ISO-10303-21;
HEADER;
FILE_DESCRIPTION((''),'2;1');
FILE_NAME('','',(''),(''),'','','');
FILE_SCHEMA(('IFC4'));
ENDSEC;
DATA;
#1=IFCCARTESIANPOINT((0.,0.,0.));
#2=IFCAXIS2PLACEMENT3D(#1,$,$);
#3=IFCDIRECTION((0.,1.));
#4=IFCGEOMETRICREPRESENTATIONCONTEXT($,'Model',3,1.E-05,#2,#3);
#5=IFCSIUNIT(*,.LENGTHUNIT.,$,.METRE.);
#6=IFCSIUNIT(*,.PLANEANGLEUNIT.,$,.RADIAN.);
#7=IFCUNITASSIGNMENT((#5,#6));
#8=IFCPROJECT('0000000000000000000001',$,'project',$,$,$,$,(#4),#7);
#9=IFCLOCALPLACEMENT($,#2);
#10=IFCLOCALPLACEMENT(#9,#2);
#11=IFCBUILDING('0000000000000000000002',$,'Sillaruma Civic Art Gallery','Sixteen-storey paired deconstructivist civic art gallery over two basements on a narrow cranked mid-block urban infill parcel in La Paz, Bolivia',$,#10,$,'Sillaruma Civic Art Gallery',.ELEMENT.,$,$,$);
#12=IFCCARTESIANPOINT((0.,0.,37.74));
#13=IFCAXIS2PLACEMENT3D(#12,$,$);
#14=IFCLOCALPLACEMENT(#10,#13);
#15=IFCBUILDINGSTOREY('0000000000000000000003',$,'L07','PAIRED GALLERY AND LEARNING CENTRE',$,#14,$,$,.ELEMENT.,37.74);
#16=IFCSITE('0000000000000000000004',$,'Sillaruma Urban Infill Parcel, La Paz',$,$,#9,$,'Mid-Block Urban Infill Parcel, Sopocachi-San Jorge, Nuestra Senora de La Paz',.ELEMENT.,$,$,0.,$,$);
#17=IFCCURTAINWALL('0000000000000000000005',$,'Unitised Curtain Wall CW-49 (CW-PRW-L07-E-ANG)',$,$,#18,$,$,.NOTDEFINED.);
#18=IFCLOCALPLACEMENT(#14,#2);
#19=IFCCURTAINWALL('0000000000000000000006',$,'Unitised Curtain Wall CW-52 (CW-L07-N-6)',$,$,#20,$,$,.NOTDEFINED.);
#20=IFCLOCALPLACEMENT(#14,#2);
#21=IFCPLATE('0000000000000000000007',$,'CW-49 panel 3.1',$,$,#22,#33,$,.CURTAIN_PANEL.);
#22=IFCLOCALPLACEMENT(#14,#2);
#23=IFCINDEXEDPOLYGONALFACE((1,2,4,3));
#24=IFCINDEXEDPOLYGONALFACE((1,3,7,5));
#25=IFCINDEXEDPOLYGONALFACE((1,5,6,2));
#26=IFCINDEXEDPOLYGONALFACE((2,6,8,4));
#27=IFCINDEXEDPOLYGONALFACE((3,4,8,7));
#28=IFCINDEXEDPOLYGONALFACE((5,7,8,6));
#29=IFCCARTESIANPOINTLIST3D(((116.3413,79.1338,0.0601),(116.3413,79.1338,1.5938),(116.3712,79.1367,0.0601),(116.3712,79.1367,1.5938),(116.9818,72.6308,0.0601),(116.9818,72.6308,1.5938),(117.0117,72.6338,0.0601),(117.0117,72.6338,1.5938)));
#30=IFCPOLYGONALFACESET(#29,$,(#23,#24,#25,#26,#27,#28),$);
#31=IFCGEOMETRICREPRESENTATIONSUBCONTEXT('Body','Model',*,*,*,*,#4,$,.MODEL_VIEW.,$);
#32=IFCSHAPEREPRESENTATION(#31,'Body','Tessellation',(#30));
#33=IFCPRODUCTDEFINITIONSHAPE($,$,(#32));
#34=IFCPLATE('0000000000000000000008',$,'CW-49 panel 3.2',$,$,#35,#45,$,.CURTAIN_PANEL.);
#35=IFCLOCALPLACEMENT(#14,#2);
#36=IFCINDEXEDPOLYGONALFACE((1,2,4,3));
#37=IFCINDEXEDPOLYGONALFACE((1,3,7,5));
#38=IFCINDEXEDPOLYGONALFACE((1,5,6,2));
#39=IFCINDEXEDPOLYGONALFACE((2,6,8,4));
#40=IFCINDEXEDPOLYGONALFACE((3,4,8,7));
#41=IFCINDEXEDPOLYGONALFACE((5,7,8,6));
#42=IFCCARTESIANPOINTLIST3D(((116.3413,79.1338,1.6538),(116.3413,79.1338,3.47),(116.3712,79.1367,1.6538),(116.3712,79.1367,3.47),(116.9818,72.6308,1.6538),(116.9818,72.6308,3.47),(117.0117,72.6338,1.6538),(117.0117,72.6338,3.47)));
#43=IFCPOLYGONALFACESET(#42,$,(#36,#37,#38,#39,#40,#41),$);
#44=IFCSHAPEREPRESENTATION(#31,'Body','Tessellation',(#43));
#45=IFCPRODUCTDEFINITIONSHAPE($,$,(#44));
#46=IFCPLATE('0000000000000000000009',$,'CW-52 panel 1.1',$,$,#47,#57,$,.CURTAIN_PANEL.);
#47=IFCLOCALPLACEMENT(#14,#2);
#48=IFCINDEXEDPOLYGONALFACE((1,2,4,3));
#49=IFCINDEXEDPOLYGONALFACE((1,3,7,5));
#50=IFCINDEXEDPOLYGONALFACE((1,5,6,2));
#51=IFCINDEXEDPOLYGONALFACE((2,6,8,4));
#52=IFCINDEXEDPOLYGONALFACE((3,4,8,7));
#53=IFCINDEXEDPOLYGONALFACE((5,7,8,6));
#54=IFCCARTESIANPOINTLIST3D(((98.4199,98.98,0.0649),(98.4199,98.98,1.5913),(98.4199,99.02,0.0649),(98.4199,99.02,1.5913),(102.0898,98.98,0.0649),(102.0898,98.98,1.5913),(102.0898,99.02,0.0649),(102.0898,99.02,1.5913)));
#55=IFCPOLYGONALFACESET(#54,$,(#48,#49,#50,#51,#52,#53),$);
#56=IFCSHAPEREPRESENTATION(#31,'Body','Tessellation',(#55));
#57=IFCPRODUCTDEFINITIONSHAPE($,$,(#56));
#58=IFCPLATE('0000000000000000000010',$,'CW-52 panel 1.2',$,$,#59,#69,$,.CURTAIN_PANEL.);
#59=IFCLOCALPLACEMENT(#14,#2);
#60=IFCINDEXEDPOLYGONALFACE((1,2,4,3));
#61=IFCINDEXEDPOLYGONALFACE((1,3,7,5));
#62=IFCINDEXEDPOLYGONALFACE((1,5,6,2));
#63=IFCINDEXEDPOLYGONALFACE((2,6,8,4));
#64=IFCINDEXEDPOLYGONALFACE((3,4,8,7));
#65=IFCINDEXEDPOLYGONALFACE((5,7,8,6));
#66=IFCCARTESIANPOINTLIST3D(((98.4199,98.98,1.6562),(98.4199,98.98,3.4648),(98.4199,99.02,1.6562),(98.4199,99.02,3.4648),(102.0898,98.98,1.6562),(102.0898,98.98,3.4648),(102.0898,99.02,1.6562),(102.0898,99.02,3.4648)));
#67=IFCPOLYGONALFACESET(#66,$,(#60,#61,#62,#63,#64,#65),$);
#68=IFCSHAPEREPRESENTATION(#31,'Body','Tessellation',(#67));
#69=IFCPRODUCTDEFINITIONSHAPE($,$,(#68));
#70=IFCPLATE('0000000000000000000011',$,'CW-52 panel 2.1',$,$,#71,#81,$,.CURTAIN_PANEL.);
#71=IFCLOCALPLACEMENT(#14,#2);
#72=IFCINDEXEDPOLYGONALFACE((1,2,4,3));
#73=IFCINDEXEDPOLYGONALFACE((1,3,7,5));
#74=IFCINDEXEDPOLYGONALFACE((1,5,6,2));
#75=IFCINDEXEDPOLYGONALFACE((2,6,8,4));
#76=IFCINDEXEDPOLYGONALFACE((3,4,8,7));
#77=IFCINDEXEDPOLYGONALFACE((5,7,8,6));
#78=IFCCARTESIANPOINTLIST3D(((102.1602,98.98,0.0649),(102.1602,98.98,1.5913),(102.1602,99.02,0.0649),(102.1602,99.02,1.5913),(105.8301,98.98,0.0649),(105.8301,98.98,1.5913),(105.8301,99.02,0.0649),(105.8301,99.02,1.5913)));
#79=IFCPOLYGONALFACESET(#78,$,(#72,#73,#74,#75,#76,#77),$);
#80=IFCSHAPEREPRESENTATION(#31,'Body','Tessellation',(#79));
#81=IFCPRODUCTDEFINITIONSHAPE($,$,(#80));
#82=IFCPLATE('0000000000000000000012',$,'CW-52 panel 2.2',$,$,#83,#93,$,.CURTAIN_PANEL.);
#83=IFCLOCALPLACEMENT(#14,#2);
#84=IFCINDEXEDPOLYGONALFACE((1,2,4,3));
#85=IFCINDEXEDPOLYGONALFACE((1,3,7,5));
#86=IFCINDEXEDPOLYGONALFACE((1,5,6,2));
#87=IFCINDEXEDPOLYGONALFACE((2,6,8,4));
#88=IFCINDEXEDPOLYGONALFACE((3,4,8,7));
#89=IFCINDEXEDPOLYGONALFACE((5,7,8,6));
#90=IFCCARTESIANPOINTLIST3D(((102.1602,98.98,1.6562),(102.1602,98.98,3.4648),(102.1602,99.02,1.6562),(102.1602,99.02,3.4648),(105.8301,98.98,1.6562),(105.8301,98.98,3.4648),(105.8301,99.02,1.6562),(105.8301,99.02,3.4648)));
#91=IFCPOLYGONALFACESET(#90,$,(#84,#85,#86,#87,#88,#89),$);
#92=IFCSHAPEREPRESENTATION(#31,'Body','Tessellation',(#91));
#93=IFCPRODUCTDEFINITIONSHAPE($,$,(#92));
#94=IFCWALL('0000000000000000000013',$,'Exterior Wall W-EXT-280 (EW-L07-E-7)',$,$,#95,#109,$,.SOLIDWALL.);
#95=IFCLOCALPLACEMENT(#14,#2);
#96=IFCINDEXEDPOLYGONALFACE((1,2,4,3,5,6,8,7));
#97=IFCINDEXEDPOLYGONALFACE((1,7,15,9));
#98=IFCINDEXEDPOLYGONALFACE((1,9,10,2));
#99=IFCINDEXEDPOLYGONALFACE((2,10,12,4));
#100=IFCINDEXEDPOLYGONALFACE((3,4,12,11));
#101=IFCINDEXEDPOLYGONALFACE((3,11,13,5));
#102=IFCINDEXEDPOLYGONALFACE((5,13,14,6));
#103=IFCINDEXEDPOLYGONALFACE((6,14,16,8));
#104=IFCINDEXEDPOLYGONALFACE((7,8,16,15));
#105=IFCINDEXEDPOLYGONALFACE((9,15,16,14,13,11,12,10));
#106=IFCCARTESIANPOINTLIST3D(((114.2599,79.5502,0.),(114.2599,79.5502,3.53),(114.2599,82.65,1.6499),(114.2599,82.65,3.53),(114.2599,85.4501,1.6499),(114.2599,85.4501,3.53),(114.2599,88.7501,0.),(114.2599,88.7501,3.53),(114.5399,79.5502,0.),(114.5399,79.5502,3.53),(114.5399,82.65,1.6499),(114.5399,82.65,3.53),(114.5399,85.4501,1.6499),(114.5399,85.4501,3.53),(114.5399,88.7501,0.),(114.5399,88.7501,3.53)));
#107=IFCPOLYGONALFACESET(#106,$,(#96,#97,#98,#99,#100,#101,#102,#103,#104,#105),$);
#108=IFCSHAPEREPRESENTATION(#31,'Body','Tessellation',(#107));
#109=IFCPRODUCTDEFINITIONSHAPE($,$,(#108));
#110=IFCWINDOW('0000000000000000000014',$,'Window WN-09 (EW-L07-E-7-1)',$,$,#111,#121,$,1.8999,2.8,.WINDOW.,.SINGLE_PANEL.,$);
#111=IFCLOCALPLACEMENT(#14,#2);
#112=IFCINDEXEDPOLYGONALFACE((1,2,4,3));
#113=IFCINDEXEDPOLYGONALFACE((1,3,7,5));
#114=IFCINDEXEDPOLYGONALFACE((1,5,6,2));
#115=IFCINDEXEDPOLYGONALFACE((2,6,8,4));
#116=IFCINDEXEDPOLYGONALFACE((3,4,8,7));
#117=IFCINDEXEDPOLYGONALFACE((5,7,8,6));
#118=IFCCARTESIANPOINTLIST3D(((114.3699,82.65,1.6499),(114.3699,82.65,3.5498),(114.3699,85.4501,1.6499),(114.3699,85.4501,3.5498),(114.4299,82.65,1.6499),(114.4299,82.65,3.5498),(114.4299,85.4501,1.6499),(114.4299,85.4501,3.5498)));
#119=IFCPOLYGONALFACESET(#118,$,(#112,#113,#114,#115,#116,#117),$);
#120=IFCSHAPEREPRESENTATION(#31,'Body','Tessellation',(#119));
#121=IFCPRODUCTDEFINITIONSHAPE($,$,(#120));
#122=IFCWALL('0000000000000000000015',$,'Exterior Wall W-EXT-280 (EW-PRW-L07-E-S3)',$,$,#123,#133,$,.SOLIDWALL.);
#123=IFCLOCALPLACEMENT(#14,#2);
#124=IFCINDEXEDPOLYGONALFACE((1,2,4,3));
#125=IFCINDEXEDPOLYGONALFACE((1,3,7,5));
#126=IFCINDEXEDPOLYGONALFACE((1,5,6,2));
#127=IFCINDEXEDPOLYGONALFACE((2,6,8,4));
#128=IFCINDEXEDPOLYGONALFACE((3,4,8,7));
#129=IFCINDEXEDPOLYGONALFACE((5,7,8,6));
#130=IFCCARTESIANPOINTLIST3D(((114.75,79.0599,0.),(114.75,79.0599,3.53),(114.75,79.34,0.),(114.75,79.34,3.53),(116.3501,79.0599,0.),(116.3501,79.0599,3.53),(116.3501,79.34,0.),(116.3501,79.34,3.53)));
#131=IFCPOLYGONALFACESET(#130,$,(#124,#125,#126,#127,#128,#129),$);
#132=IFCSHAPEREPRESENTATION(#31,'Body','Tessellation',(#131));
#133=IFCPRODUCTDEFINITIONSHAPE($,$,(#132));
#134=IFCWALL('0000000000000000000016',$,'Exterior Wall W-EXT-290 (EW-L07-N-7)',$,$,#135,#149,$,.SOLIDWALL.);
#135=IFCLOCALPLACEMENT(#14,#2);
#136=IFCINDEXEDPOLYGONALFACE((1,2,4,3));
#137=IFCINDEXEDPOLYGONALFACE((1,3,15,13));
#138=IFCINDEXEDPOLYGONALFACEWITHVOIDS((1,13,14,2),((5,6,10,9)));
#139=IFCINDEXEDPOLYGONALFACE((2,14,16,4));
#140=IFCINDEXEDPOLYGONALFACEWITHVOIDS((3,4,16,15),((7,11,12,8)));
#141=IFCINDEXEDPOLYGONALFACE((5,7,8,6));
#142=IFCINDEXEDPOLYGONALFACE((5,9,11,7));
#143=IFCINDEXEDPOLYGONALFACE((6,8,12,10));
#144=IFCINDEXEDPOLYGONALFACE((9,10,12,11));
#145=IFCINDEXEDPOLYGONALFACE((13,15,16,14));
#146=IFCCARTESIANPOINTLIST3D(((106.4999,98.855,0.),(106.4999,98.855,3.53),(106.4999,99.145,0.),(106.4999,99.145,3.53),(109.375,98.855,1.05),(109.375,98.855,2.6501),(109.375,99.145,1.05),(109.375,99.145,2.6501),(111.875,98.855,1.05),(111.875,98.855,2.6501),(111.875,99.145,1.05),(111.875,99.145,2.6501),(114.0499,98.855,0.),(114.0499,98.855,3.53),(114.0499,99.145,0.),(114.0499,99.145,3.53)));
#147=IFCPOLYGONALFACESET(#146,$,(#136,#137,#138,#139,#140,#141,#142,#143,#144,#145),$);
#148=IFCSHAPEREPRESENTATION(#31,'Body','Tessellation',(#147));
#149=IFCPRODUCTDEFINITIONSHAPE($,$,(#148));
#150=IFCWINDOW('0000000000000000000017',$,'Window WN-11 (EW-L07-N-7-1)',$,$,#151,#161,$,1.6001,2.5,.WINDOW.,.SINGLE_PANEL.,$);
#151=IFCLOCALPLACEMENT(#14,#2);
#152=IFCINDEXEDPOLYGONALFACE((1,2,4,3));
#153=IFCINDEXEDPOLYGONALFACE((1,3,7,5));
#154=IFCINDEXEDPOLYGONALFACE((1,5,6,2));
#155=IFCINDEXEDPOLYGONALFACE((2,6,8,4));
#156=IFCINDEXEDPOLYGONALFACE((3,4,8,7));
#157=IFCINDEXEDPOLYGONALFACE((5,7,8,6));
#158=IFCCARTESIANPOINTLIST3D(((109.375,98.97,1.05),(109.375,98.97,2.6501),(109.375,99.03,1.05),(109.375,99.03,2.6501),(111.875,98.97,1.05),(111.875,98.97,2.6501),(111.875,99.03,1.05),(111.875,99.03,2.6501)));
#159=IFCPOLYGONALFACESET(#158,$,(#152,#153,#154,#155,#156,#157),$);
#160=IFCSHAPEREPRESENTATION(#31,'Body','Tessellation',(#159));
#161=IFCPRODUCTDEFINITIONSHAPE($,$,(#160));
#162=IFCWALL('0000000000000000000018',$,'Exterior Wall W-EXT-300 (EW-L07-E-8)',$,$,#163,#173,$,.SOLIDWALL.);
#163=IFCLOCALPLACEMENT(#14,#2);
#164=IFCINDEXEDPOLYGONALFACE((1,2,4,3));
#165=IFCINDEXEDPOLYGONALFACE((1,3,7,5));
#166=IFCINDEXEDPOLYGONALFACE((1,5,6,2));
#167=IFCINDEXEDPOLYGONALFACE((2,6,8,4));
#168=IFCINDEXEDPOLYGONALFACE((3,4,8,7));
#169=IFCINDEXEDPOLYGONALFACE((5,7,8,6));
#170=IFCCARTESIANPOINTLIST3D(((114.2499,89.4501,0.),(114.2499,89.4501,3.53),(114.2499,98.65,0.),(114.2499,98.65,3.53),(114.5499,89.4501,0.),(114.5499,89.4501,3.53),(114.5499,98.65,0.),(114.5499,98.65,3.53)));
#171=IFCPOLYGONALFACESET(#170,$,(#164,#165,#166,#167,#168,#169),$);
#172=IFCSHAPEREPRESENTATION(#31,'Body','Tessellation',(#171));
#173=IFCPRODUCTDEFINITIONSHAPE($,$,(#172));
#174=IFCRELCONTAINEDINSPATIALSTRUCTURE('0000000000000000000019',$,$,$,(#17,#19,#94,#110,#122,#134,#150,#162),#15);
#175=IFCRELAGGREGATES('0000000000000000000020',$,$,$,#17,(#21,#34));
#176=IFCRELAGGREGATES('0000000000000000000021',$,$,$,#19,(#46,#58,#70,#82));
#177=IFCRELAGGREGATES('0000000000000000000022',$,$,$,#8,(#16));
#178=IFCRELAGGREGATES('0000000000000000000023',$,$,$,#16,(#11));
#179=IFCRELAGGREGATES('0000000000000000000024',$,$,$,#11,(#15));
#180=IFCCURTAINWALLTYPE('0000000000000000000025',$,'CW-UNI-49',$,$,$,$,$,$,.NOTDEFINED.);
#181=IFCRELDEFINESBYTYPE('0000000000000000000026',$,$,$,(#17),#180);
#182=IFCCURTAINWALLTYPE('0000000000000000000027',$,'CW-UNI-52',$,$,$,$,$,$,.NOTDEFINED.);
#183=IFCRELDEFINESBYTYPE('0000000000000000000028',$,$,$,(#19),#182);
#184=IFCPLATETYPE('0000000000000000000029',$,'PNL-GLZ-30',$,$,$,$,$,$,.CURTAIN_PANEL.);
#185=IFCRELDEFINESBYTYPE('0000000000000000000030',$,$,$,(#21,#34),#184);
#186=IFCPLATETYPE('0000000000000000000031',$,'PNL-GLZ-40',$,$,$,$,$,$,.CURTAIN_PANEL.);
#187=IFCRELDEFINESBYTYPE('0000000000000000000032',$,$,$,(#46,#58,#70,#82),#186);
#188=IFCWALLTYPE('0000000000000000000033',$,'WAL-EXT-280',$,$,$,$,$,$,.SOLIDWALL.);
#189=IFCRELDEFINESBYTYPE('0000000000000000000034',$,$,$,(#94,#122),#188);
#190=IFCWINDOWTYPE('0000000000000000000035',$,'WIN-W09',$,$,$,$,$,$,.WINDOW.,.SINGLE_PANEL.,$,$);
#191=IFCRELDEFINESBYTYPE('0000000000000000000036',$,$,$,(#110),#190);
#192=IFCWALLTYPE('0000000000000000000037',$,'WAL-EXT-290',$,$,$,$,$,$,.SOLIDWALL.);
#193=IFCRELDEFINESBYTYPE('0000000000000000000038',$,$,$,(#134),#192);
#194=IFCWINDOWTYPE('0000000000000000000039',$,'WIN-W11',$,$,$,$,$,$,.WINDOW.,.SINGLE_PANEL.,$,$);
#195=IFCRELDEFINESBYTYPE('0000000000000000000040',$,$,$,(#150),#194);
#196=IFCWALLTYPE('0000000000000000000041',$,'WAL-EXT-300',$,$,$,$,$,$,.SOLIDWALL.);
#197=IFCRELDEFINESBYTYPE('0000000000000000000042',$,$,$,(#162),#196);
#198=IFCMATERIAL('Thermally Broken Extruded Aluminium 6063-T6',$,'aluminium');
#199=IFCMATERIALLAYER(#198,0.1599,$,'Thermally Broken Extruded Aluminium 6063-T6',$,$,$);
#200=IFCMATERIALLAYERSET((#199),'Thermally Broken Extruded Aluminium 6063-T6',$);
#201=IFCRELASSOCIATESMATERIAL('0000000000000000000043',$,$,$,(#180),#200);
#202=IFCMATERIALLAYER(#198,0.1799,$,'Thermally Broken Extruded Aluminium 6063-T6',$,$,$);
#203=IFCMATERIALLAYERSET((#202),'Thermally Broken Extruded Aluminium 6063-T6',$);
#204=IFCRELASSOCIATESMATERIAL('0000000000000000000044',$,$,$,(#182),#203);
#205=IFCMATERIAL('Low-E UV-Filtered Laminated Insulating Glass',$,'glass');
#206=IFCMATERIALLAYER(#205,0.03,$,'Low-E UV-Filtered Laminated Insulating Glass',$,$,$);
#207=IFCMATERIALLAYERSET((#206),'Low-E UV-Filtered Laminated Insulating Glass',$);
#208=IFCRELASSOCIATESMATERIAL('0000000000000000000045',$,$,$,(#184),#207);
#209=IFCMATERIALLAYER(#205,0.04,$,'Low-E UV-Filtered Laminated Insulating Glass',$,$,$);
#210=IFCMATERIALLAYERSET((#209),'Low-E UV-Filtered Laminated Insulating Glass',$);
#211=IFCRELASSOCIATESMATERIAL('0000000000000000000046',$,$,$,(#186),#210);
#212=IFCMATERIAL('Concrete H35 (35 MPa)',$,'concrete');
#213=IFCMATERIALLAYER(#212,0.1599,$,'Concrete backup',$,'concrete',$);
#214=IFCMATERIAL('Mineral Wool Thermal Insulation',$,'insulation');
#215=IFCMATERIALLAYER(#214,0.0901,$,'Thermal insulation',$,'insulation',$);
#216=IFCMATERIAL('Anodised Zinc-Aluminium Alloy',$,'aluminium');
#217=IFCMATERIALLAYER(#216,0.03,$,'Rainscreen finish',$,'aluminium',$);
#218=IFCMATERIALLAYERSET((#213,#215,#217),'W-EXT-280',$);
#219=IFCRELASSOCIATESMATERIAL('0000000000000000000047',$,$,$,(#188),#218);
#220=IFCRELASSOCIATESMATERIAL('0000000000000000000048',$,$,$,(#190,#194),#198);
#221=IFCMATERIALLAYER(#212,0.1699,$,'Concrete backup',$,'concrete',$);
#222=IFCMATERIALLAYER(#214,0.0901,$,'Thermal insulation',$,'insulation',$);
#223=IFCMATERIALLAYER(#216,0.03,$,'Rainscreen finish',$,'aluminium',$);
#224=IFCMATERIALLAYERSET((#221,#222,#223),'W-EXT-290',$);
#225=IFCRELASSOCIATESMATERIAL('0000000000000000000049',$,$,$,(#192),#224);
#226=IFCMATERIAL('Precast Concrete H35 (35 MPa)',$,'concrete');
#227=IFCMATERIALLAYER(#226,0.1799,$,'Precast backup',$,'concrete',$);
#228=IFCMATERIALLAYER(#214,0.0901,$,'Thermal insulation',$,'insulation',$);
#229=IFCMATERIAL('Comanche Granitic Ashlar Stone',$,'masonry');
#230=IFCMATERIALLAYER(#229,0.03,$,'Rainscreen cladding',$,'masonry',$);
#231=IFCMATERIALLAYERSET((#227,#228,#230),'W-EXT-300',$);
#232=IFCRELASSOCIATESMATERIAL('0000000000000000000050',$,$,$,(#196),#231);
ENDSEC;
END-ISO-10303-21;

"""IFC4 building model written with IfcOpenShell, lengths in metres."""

from ifc_helpers import new_model, si_unit, direction, frame, frame_2d, origin, origin_2d, place, context, subcontext, project, spatial, rectangle, extrude, material, layer, layer_set, type_object, element, fill, aggregate, save


model = new_model("IFC4")

# Units and contexts
model_context = context("Model", 3, precision=1e-05, world=origin(), true_north=direction((0.0, 1.0)))
body_context = subcontext(model_context, "Body", "Model", "MODEL_VIEW")
ifc_project = project(units=[si_unit("LENGTHUNIT", "METRE"), si_unit("PLANEANGLEUNIT", "RADIAN")], contexts=[model_context])

# Site, building, storey
site_placement = place(None, origin())
site = spatial("IfcSite", under=ifc_project, at=site_placement, Name="Sillaruma Urban Infill Parcel, La Paz", LongName="Mid-Block Urban Infill Parcel, Sopocachi-San Jorge, Nuestra Senora de La Paz", CompositionType="ELEMENT", RefElevation=0.0)
building_placement = place(site_placement, origin())
building = spatial("IfcBuilding", under=site, at=building_placement, Name="Sillaruma Civic Art Gallery", Description="Sixteen-storey paired deconstructivist civic art gallery over two basements on a narrow cranked mid-block urban infill parcel in La Paz, Bolivia", LongName="Sillaruma Civic Art Gallery", CompositionType="ELEMENT")
storey_placement = place(building_placement, frame((0.0, 0.0, 37.74)))
storey = spatial("IfcBuildingStorey", under=building, at=storey_placement, Name="L07", Description="PAIRED GALLERY AND LEARNING CENTRE", CompositionType="ELEMENT", Elevation=37.74)

# Shared definitions
ifc_material_1 = material(Name="Concrete H35 (35 MPa)", Category="concrete")

# Curtain wall
ifc_material_2 = material(Name="Thermally Broken Extruded Aluminium 6063-T6", Category="aluminium")
ifc_layer_1 = layer(ifc_material_2, 0.1599, Name="Thermally Broken Extruded Aluminium 6063-T6")
ifc_layer_set_1 = layer_set([ifc_layer_1], Name="Thermally Broken Extruded Aluminium 6063-T6")
curtain_wall_type_1 = type_object("IfcCurtainWallType", Name="CW-UNI-49", PredefinedType="NOTDEFINED", material=ifc_layer_set_1)
curtain_wall_1_placement = place(storey_placement, origin())
curtain_wall_1 = element("IfcCurtainWall", 1, at=curtain_wall_1_placement, inside=storey, type_object=curtain_wall_type_1, Name="Unitised Curtain Wall CW-49 (CW-PRW-L07-E-ANG)", PredefinedType="NOTDEFINED")

# Curtain wall
ifc_layer_2 = layer(ifc_material_2, 0.1799, Name="Thermally Broken Extruded Aluminium 6063-T6")
ifc_layer_set_2 = layer_set([ifc_layer_2], Name="Thermally Broken Extruded Aluminium 6063-T6")
curtain_wall_type_2 = type_object("IfcCurtainWallType", Name="CW-UNI-52", PredefinedType="NOTDEFINED", material=ifc_layer_set_2)
curtain_wall_2_placement = place(storey_placement, origin())
curtain_wall_2 = element("IfcCurtainWall", 2, at=curtain_wall_2_placement, inside=storey, type_object=curtain_wall_type_2, Name="Unitised Curtain Wall CW-52 (CW-L07-N-6)", PredefinedType="NOTDEFINED")

# Plates
ifc_material_3 = material(Name="Anodised Zinc-Aluminium Alloy", Category="aluminium")
ifc_material_4 = material(Name="Low-E UV-Filtered Laminated Insulating Glass", Category="glass")
ifc_layer_3 = layer(ifc_material_4, 0.03, Name="Low-E UV-Filtered Laminated Insulating Glass")
ifc_layer_set_3 = layer_set([ifc_layer_3], Name="Low-E UV-Filtered Laminated Insulating Glass")
plate_type_1 = type_object("IfcPlateType", Name="PNL-GLZ-30", PredefinedType="CURTAIN_PANEL", material=ifc_layer_set_3)
plate_1_placement = place(storey_placement, frame((116.6765, 75.8838, 0.0601), z_axis=(0.0, 0.0, 1.0), x_axis=(-0.098011, 0.995185, 0.0)))
plate_1 = element("IfcPlate", 3, at=plate_1_placement, type_object=plate_type_1, Name="CW-49 panel 3.1", PredefinedType="CURTAIN_PANEL", context=body_context, shape_type="SweptSolid", body=[
    extrude(rectangle(XDim=6.5344, YDim=0.03, at=origin_2d()), origin(), (0.0, 0.0, 1.0), 1.5337),
])
plate_2_placement = place(storey_placement, frame((116.6765, 75.8838, 1.6538), z_axis=(0.0, 0.0, 1.0), x_axis=(-0.098011, 0.995185, 0.0)))
plate_2 = element("IfcPlate", 4, at=plate_2_placement, type_object=plate_type_1, Name="CW-49 panel 3.2", PredefinedType="CURTAIN_PANEL", context=body_context, shape_type="SweptSolid", body=[
    extrude(rectangle(XDim=6.5344, YDim=0.03, at=origin_2d()), origin(), (0.0, 0.0, 1.0), 1.8162),
])
aggregate(curtain_wall_1, [plate_1, plate_2])
ifc_layer_4 = layer(ifc_material_4, 0.04, Name="Low-E UV-Filtered Laminated Insulating Glass")
ifc_layer_set_4 = layer_set([ifc_layer_4], Name="Low-E UV-Filtered Laminated Insulating Glass")
plate_type_2 = type_object("IfcPlateType", Name="PNL-GLZ-40", PredefinedType="CURTAIN_PANEL", material=ifc_layer_set_4)
plate_3_placement = place(storey_placement, frame((100.2549, 99.0, 0.0649), z_axis=(0.0, 0.0, 1.0), x_axis=(1.0, 0.0, 0.0)))
plate_3 = element("IfcPlate", 5, at=plate_3_placement, type_object=plate_type_2, Name="CW-52 panel 1.1", PredefinedType="CURTAIN_PANEL", context=body_context, shape_type="SweptSolid", body=[
    extrude(rectangle(XDim=3.6699, YDim=0.04, at=origin_2d()), origin(), (0.0, 0.0, 1.0), 1.5264),
])
plate_4_placement = place(storey_placement, frame((100.2549, 99.0, 1.6562), z_axis=(0.0, 0.0, 1.0), x_axis=(1.0, 0.0, 0.0)))
plate_4 = element("IfcPlate", 6, at=plate_4_placement, type_object=plate_type_2, Name="CW-52 panel 1.2", PredefinedType="CURTAIN_PANEL", context=body_context, shape_type="SweptSolid", body=[
    extrude(rectangle(XDim=3.6699, YDim=0.04, at=origin_2d()), origin(), (0.0, 0.0, 1.0), 1.8086),
])
plate_5_placement = place(storey_placement, frame((103.9951, 99.0, 0.0649), z_axis=(0.0, 0.0, 1.0), x_axis=(1.0, 0.0, 0.0)))
plate_5 = element("IfcPlate", 7, at=plate_5_placement, type_object=plate_type_2, Name="CW-52 panel 2.1", PredefinedType="CURTAIN_PANEL", context=body_context, shape_type="SweptSolid", body=[
    extrude(rectangle(XDim=3.6699, YDim=0.04, at=origin_2d()), origin(), (0.0, 0.0, 1.0), 1.5264),
])
plate_6_placement = place(storey_placement, frame((103.9951, 99.0, 1.6562), z_axis=(0.0, 0.0, 1.0), x_axis=(1.0, 0.0, 0.0)))
plate_6 = element("IfcPlate", 8, at=plate_6_placement, type_object=plate_type_2, Name="CW-52 panel 2.2", PredefinedType="CURTAIN_PANEL", context=body_context, shape_type="SweptSolid", body=[
    extrude(rectangle(XDim=3.6699, YDim=0.04, at=origin_2d()), origin(), (0.0, 0.0, 1.0), 1.8086),
])
aggregate(curtain_wall_2, [plate_3, plate_4, plate_5, plate_6])

# Wall, opening, window
ifc_layer_5 = layer(ifc_material_1, 0.1599, Name="Concrete backup", Category="concrete")
ifc_material_5 = material(Name="Mineral Wool Thermal Insulation", Category="insulation")
ifc_layer_6 = layer(ifc_material_5, 0.0901, Name="Thermal insulation", Category="insulation")
ifc_layer_7 = layer(ifc_material_3, 0.03, Name="Rainscreen finish", Category="aluminium")
ifc_layer_set_5 = layer_set([ifc_layer_5, ifc_layer_6, ifc_layer_7], Name="W-EXT-280")
wall_type_1 = type_object("IfcWallType", Name="WAL-EXT-280", PredefinedType="SOLIDWALL", material=ifc_layer_set_5)
wall_1_placement = place(storey_placement, frame((114.3999, 79.55, 0.0), z_axis=(0.0, 0.0, 1.0), x_axis=(0.0, 1.0, 0.0)))
wall_1 = element("IfcWall", 9, at=wall_1_placement, inside=storey, type_object=wall_type_1, Name="Exterior Wall W-EXT-280 (EW-L07-E-7)", PredefinedType="SOLIDWALL", context=body_context, shape_type="SweptSolid", body=[
    extrude(rectangle(XDim=9.2, YDim=0.28, at=frame_2d((4.6001, 0.0))), origin(), (0.0, 0.0, 1.0), 3.53),
])
opening_1_placement = place(wall_1_placement, frame((3.1001, 0.0, 1.6499)))
opening_1 = element("IfcOpeningElement", 10, at=opening_1_placement, cuts=wall_1, PredefinedType="OPENING", context=body_context, shape_type="SweptSolid", body=[
    extrude(rectangle(XDim=2.8, YDim=1.8999, at=frame_2d((1.3999, 0.95))), frame((0.0, 0.1499, 0.0), z_axis=(0.0, -1.0, 0.0), x_axis=(1.0, 0.0, 0.0)), (0.0, 0.0, 1.0), 0.3),
])
window_type_1 = type_object("IfcWindowType", Name="WIN-W09", PartitioningType="SINGLE_PANEL", PredefinedType="WINDOW", material=ifc_material_2)
window_1_placement = place(opening_1_placement, origin())
window_1 = element("IfcWindow", 11, at=window_1_placement, inside=storey, type_object=window_type_1, Name="Window WN-09 (EW-L07-E-7-1)", OverallHeight=1.8999, OverallWidth=2.8, PartitioningType="SINGLE_PANEL", PredefinedType="WINDOW", context=body_context, shape_type="SweptSolid", body=[
    extrude(rectangle(XDim=2.8, YDim=1.8999, at=frame_2d((1.3999, 0.95))), frame((0.0, 0.03, 0.0), z_axis=(0.0, -1.0, 0.0), x_axis=(1.0, 0.0, 0.0)), (0.0, 0.0, 1.0), 0.0601),
])
fill(opening_1, window_1)

# Wall
wall_2_placement = place(storey_placement, frame((116.3501, 79.2, 0.0), z_axis=(0.0, 0.0, 1.0), x_axis=(-1.0, 0.0, 0.0)))
element("IfcWall", 12, at=wall_2_placement, inside=storey, type_object=wall_type_1, Name="Exterior Wall W-EXT-280 (EW-PRW-L07-E-S3)", PredefinedType="SOLIDWALL", context=body_context, shape_type="SweptSolid", body=[
    extrude(rectangle(XDim=1.6001, YDim=0.28, at=frame_2d((0.8, 0.0))), origin(), (0.0, 0.0, 1.0), 3.53),
])

# Wall, opening, window
ifc_layer_8 = layer(ifc_material_1, 0.1699, Name="Concrete backup", Category="concrete")
ifc_layer_9 = layer(ifc_material_5, 0.0901, Name="Thermal insulation", Category="insulation")
ifc_layer_10 = layer(ifc_material_3, 0.03, Name="Rainscreen finish", Category="aluminium")
ifc_layer_set_6 = layer_set([ifc_layer_8, ifc_layer_9, ifc_layer_10], Name="W-EXT-290")
wall_type_2 = type_object("IfcWallType", Name="WAL-EXT-290", PredefinedType="SOLIDWALL", material=ifc_layer_set_6)
wall_3_placement = place(storey_placement, frame((106.5, 99.0, 0.0), z_axis=(0.0, 0.0, 1.0), x_axis=(1.0, 0.0, 0.0)))
wall_3 = element("IfcWall", 13, at=wall_3_placement, inside=storey, type_object=wall_type_2, Name="Exterior Wall W-EXT-290 (EW-L07-N-7)", PredefinedType="SOLIDWALL", context=body_context, shape_type="SweptSolid", body=[
    extrude(rectangle(XDim=7.55, YDim=0.29, at=frame_2d((3.7749, 0.0))), origin(), (0.0, 0.0, 1.0), 3.53),
])
opening_2_placement = place(wall_3_placement, frame((2.875, 0.0, 1.05)))
opening_2 = element("IfcOpeningElement", 14, at=opening_2_placement, cuts=wall_3, PredefinedType="OPENING", context=body_context, shape_type="SweptSolid", body=[
    extrude(rectangle(XDim=2.5, YDim=1.6001, at=frame_2d((1.25, 0.8))), frame((0.0, 0.155, 0.0), z_axis=(0.0, -1.0, 0.0), x_axis=(1.0, 0.0, 0.0)), (0.0, 0.0, 1.0), 0.3101),
])
window_type_2 = type_object("IfcWindowType", Name="WIN-W11", PartitioningType="SINGLE_PANEL", PredefinedType="WINDOW", material=ifc_material_2)
window_2_placement = place(opening_2_placement, origin())
window_2 = element("IfcWindow", 15, at=window_2_placement, inside=storey, type_object=window_type_2, Name="Window WN-11 (EW-L07-N-7-1)", OverallHeight=1.6001, OverallWidth=2.5, PartitioningType="SINGLE_PANEL", PredefinedType="WINDOW", context=body_context, shape_type="SweptSolid", body=[
    extrude(rectangle(XDim=2.5, YDim=1.6001, at=frame_2d((1.25, 0.8))), frame((0.0, 0.03, 0.0), z_axis=(0.0, -1.0, 0.0), x_axis=(1.0, 0.0, 0.0)), (0.0, 0.0, 1.0), 0.0601),
])
fill(opening_2, window_2)

# Wall
ifc_material_6 = material(Name="Precast Concrete H35 (35 MPa)", Category="concrete")
ifc_layer_11 = layer(ifc_material_6, 0.1799, Name="Precast backup", Category="concrete")
ifc_layer_12 = layer(ifc_material_5, 0.0901, Name="Thermal insulation", Category="insulation")
ifc_material_7 = material(Name="Comanche Granitic Ashlar Stone", Category="masonry")
ifc_layer_13 = layer(ifc_material_7, 0.03, Name="Rainscreen cladding", Category="masonry")
ifc_layer_set_7 = layer_set([ifc_layer_11, ifc_layer_12, ifc_layer_13], Name="W-EXT-300")
wall_type_3 = type_object("IfcWallType", Name="WAL-EXT-300", PredefinedType="SOLIDWALL", material=ifc_layer_set_7)
wall_4_placement = place(storey_placement, frame((114.3999, 89.45, 0.0), z_axis=(0.0, 0.0, 1.0), x_axis=(0.0, 1.0, 0.0)))
element("IfcWall", 16, at=wall_4_placement, inside=storey, type_object=wall_type_3, Name="Exterior Wall W-EXT-300 (EW-L07-E-8)", PredefinedType="SOLIDWALL", context=body_context, shape_type="SweptSolid", body=[
    extrude(rectangle(XDim=9.2, YDim=0.3, at=frame_2d((4.6001, 0.0))), origin(), (0.0, 0.0, 1.0), 3.53),
])

save(model, "model.ifc")
